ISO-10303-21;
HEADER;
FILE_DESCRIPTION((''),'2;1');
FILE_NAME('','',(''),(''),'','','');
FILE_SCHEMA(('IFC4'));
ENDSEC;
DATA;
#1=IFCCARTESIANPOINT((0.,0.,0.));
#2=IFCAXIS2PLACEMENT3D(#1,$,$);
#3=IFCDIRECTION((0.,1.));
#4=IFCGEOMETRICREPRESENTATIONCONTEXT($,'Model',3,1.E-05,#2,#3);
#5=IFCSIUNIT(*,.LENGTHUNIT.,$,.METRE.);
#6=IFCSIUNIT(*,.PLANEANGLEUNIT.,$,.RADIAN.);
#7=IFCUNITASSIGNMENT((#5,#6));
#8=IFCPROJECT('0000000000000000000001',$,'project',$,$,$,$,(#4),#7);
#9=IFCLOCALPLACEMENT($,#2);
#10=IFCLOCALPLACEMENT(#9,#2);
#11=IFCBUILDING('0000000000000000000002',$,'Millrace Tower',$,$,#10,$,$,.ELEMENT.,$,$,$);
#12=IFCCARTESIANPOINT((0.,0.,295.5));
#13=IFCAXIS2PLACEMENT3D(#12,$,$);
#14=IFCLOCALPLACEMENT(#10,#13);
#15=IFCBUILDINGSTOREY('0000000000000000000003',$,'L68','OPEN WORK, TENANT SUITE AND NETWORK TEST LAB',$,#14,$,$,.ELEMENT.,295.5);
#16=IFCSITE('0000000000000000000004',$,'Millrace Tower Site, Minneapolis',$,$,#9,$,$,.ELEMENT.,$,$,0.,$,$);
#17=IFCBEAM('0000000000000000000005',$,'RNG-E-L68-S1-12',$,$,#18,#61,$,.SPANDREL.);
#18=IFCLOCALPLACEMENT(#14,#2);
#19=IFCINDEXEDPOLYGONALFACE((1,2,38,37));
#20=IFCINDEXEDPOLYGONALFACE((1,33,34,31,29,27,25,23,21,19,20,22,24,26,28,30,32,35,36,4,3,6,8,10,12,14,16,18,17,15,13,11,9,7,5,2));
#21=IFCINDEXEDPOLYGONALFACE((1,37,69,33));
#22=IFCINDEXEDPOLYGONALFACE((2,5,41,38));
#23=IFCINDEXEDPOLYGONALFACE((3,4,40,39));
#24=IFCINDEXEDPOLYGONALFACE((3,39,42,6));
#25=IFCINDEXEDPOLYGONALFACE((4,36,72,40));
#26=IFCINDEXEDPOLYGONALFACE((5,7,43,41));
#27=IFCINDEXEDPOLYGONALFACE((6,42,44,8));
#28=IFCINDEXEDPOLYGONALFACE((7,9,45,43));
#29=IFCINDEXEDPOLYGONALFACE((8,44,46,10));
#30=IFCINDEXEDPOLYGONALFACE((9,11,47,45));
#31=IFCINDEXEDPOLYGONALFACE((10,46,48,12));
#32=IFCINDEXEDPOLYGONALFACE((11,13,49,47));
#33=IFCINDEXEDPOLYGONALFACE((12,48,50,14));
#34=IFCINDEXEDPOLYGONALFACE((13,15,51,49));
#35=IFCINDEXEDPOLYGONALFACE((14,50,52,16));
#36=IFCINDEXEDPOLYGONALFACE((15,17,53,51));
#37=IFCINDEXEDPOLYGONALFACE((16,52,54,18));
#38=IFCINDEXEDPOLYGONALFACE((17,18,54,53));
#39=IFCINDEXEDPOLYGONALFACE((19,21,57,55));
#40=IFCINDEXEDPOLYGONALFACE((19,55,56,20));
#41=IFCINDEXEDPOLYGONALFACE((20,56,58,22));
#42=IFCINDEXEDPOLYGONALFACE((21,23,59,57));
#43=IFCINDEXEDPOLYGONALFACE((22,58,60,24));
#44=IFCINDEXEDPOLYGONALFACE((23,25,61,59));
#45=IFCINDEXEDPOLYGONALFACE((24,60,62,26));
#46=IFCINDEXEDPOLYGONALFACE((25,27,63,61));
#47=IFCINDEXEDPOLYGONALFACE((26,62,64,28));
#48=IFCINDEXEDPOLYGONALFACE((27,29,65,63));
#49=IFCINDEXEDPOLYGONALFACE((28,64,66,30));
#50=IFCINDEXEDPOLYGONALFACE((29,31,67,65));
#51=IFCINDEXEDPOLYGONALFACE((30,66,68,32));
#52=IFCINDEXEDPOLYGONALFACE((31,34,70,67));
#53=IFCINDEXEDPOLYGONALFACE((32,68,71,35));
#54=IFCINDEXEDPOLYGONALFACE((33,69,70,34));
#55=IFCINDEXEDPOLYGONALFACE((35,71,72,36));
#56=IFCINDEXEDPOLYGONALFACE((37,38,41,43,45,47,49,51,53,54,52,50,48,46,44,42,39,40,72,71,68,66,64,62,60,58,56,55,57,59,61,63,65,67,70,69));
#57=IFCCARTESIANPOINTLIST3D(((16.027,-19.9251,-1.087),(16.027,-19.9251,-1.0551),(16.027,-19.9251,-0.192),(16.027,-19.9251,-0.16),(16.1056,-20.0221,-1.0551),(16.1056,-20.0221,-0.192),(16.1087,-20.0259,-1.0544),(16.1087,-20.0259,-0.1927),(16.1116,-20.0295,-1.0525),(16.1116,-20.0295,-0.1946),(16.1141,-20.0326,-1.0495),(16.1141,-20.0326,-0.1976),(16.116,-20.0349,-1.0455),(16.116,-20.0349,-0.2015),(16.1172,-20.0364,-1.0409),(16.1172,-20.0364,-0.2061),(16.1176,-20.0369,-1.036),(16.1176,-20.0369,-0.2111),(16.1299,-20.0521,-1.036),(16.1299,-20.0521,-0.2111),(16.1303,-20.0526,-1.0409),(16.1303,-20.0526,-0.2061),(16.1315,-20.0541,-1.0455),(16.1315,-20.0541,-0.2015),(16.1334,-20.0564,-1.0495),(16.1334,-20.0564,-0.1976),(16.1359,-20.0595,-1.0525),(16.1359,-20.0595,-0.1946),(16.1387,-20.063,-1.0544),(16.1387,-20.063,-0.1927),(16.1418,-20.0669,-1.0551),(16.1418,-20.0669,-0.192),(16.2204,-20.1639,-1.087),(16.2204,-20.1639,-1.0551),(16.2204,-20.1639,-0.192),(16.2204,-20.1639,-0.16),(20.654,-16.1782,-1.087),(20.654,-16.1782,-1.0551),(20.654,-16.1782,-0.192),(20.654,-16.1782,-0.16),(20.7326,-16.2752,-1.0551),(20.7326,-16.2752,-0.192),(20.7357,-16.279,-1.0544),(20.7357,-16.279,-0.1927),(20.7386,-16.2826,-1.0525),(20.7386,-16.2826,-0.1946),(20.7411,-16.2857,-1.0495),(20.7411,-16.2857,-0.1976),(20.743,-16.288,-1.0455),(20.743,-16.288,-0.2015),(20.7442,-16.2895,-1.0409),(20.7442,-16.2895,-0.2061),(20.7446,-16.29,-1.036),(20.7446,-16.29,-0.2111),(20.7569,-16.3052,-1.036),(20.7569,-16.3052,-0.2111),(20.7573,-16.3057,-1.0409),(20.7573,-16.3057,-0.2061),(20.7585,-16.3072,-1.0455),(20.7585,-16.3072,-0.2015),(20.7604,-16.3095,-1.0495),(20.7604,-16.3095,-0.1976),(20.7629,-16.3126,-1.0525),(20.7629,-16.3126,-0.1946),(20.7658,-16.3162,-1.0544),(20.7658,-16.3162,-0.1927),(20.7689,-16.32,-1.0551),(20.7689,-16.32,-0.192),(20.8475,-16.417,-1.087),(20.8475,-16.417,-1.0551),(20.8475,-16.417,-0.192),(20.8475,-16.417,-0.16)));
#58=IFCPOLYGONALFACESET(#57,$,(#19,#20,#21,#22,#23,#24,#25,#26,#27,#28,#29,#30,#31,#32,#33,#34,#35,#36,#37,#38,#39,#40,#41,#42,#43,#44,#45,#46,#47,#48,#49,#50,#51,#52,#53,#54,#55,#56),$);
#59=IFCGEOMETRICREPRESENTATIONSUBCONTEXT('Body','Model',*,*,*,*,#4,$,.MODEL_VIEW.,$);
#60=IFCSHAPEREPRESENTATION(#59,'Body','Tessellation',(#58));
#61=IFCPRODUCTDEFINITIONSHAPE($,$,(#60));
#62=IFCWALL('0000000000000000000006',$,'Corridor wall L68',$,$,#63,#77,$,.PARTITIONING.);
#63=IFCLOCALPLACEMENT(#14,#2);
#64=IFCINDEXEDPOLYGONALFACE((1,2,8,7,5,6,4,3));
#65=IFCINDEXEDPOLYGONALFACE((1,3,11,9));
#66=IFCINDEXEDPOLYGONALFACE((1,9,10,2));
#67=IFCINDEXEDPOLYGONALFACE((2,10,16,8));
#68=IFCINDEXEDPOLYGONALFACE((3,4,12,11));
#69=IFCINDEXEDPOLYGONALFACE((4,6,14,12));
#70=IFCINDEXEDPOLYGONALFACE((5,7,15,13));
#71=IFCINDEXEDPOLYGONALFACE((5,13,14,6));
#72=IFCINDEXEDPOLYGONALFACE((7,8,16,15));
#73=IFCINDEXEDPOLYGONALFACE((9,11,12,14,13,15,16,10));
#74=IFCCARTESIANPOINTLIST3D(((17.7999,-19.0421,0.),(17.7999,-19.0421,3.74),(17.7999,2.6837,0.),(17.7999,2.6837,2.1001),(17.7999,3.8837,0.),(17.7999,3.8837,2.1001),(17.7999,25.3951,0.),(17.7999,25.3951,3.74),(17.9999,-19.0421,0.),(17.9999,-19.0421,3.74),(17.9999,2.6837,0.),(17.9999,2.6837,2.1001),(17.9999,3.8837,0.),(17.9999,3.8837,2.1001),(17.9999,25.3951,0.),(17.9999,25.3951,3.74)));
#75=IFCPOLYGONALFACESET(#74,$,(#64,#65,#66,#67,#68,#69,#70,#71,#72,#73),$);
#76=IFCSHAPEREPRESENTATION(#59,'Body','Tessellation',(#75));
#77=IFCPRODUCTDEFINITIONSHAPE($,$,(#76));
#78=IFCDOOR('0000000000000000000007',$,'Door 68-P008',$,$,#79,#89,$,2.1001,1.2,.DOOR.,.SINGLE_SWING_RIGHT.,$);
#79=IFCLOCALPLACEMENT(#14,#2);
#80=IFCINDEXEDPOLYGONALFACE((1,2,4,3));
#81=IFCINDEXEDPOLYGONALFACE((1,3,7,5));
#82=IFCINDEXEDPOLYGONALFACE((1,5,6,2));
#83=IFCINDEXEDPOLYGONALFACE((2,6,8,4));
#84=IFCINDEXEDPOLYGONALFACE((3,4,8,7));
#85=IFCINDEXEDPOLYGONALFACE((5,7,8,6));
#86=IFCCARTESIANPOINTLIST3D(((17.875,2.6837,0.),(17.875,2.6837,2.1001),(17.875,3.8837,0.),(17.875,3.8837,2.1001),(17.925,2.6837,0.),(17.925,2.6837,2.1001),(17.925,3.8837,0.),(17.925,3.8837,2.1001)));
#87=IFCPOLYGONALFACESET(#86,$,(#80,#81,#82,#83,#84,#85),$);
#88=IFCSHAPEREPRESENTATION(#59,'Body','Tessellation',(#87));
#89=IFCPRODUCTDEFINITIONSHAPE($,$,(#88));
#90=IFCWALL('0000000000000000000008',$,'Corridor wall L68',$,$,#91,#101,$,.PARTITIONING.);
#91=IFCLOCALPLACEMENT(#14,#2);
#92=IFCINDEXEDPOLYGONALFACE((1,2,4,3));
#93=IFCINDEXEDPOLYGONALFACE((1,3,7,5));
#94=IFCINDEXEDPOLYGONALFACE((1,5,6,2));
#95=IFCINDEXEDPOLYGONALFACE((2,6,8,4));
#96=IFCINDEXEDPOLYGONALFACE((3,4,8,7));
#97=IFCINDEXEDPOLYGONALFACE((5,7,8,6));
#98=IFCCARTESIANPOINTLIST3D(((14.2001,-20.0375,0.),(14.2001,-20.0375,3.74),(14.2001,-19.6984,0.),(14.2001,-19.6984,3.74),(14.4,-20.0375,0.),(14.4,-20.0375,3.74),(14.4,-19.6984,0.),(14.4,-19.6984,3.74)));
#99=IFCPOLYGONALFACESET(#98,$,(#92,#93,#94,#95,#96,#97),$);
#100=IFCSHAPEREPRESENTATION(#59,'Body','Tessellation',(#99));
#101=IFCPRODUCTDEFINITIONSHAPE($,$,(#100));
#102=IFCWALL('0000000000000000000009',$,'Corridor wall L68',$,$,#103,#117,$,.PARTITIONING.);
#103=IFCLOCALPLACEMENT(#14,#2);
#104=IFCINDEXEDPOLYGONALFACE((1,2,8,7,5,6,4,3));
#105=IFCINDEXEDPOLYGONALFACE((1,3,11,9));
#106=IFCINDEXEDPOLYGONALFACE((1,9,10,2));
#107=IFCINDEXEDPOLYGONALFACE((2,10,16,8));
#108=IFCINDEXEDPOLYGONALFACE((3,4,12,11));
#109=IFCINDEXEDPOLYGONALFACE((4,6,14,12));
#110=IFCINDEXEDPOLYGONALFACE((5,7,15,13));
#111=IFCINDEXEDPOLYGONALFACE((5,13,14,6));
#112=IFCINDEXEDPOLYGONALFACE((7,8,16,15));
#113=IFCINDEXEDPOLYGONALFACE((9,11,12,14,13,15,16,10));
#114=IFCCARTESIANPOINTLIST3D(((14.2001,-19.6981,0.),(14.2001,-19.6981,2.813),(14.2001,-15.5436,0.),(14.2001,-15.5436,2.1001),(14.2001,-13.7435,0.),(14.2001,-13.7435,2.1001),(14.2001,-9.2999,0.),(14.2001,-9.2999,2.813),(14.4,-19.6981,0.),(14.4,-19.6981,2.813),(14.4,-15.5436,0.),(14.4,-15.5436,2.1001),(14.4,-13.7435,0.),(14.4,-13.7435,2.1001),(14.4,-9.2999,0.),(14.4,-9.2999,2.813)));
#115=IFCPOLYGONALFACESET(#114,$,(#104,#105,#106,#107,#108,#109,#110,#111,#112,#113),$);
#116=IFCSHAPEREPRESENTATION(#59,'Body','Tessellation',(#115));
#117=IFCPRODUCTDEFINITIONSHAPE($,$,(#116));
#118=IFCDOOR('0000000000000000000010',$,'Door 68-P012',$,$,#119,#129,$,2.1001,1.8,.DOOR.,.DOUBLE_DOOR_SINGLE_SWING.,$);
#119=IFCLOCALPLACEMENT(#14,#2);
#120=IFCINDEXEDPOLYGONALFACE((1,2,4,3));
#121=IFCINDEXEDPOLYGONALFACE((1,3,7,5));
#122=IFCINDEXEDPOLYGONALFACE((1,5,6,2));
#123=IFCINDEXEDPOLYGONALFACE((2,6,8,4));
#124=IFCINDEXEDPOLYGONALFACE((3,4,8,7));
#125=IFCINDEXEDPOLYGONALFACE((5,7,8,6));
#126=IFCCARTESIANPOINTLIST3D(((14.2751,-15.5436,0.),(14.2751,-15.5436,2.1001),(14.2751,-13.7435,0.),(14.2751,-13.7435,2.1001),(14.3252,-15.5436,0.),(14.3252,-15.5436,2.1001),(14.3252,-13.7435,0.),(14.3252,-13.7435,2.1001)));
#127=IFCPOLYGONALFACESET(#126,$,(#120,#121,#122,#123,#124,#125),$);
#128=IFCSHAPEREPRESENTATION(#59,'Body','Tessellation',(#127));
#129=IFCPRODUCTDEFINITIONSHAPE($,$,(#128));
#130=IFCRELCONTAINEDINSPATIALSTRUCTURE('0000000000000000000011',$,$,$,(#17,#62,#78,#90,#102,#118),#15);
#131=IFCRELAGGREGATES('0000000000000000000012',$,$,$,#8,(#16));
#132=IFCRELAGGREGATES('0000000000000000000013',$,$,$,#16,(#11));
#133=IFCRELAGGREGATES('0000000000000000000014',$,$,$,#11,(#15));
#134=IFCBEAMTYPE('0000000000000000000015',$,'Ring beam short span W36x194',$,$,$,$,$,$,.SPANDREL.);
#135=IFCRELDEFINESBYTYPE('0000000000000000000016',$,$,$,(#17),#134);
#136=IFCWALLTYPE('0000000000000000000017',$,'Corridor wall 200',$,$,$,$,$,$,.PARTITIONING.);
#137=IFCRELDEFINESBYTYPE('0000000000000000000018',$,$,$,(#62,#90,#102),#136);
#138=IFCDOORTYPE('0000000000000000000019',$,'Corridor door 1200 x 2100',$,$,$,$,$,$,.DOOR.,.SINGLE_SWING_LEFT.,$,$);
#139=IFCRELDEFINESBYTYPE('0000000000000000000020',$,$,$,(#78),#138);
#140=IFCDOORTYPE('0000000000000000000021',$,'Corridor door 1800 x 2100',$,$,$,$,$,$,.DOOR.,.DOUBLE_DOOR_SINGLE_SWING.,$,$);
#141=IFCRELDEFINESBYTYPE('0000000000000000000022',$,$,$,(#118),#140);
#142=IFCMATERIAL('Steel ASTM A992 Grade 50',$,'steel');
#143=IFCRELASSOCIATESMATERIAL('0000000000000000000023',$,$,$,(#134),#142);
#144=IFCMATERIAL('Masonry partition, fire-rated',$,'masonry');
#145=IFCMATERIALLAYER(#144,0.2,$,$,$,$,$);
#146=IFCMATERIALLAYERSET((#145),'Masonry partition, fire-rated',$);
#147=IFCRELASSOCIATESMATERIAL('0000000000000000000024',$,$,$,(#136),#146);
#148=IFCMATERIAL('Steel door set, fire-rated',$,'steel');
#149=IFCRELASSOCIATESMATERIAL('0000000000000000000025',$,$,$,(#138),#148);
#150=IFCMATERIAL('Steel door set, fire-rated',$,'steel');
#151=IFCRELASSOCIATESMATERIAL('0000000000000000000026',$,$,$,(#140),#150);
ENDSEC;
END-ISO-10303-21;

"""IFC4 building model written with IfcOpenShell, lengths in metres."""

from ifc_helpers import new_model, si_unit, direction, frame, frame_2d, origin, origin_2d, place, context, subcontext, project, spatial, rectangle, i_section, extrude, material, layer, layer_set, material_profile, profile_set, type_object, element, fill, save


model = new_model("IFC4")

# Units and contexts
model_context = context("Model", 3, precision=1e-05, world=origin(), true_north=direction((0.0, 1.0)))
body_context = subcontext(model_context, "Body", "Model", "MODEL_VIEW")
ifc_project = project(units=[si_unit("LENGTHUNIT", "METRE"), si_unit("PLANEANGLEUNIT", "RADIAN")], contexts=[model_context])

# Site, building, storey
site_placement = place(None, origin())
site = spatial("IfcSite", under=ifc_project, at=site_placement, Name="Millrace Tower Site, Minneapolis", CompositionType="ELEMENT", RefElevation=0.0)
building_placement = place(site_placement, origin())
building = spatial("IfcBuilding", under=site, at=building_placement, Name="Millrace Tower", CompositionType="ELEMENT")
storey_placement = place(building_placement, frame((0.0, 0.0, 295.5)))
storey = spatial("IfcBuildingStorey", under=building, at=storey_placement, Name="L68", Description="OPEN WORK, TENANT SUITE AND NETWORK TEST LAB", CompositionType="ELEMENT", Elevation=295.5)

# Beam
ifc_material_1 = material(Name="Steel ASTM A992 Grade 50", Category="steel")
ifc_material_profile_1 = material_profile(ifc_material_1, i_section(OverallWidth=0.3074, OverallDepth=0.927, WebThickness=0.0195, FlangeThickness=0.032, FilletRadius=0.019, at=origin_2d()))
ifc_profile_set_1 = profile_set([ifc_material_profile_1], Name="Steel ASTM A992 Grade 50")
beam_type_1 = type_object("IfcBeamType", Name="Ring beam short span W36x194", PredefinedType="SPANDREL", material=ifc_profile_set_1)
beam_1_placement = place(storey_placement, frame((20.7507, -16.2976, -0.6235), z_axis=(-0.777147, -0.62932, 0.0), x_axis=(0.62932, -0.777147, 0.0)))
element("IfcBeam", 1, at=beam_1_placement, inside=storey, type_object=beam_type_1, Name="RNG-E-L68-S1-12", PredefinedType="SPANDREL", context=body_context, shape_type="SweptSolid", body=[
    extrude(i_section(OverallWidth=0.3074, OverallDepth=0.927, WebThickness=0.0195, FlangeThickness=0.032, FilletRadius=0.019, at=origin_2d()), origin(), (0.0, 0.0, 1.0), 5.9539),
])

# Wall, opening, door
ifc_material_2 = material(Name="Masonry partition, fire-rated", Category="masonry")
ifc_layer_1 = layer(ifc_material_2, 0.2)
ifc_layer_set_1 = layer_set([ifc_layer_1], Name="Masonry partition, fire-rated")
wall_type = type_object("IfcWallType", Name="Corridor wall 200", PredefinedType="PARTITIONING", material=ifc_layer_set_1)
wall_1_placement = place(storey_placement, frame((17.8999, -19.0422, 0.0), z_axis=(0.0, 0.0, 1.0), x_axis=(0.0, 1.0, 0.0)))
wall_1 = element("IfcWall", 2, at=wall_1_placement, inside=storey, type_object=wall_type, Name="Corridor wall L68", PredefinedType="PARTITIONING", context=body_context, shape_type="SweptSolid", body=[
    extrude(rectangle(XDim=44.4373, YDim=0.2, at=frame_2d((22.2188, 0.0))), origin(), (0.0, 0.0, 1.0), 3.74),
])
opening_1_placement = place(wall_1_placement, frame((21.7258, 0.0, 0.0)))
opening_1 = element("IfcOpeningElement", 3, at=opening_1_placement, cuts=wall_1, PredefinedType="OPENING", context=body_context, shape_type="SweptSolid", body=[
    extrude(rectangle(XDim=1.2, YDim=2.1001, at=frame_2d((0.6001, 1.05))), frame((0.0, 0.1099, 0.0), z_axis=(0.0, -1.0, 0.0), x_axis=(1.0, 0.0, 0.0)), (0.0, 0.0, 1.0), 0.22),
])
ifc_material_3 = material(Name="Steel door set, fire-rated", Category="steel")
door_type_1 = type_object("IfcDoorType", Name="Corridor door 1200 x 2100", OperationType="SINGLE_SWING_LEFT", PredefinedType="DOOR", material=ifc_material_3)
door_1_placement = place(opening_1_placement, origin())
door_1 = element("IfcDoor", 4, at=door_1_placement, inside=storey, type_object=door_type_1, Name="Door 68-P008", OperationType="SINGLE_SWING_RIGHT", OverallHeight=2.1001, OverallWidth=1.2, PredefinedType="DOOR", context=body_context, shape_type="SweptSolid", body=[
    extrude(rectangle(XDim=1.2, YDim=2.1001, at=frame_2d((0.6001, 1.05))), frame((0.0, 0.0249, 0.0), z_axis=(0.0, -1.0, 0.0), x_axis=(1.0, 0.0, 0.0)), (0.0, 0.0, 1.0), 0.05),
])
fill(opening_1, door_1)

# Wall
wall_2_placement = place(storey_placement, frame((14.3, -20.0374, 0.0), z_axis=(0.0, 0.0, 1.0), x_axis=(0.0, 1.0, 0.0)))
element("IfcWall", 5, at=wall_2_placement, inside=storey, type_object=wall_type, Name="Corridor wall L68", PredefinedType="PARTITIONING", context=body_context, shape_type="SweptSolid", body=[
    extrude(rectangle(XDim=0.3391, YDim=0.2, at=frame_2d((0.1694, 0.0))), origin(), (0.0, 0.0, 1.0), 3.74),
])

# Wall, opening, door
wall_3_placement = place(storey_placement, frame((14.3, -19.6982, 0.0), z_axis=(0.0, 0.0, 1.0), x_axis=(0.0, 1.0, 0.0)))
wall_3 = element("IfcWall", 6, at=wall_3_placement, inside=storey, type_object=wall_type, Name="Corridor wall L68", PredefinedType="PARTITIONING", context=body_context, shape_type="SweptSolid", body=[
    extrude(rectangle(XDim=10.3982, YDim=0.2, at=frame_2d((5.1992, 0.0))), origin(), (0.0, 0.0, 1.0), 2.813),
])
opening_2_placement = place(wall_3_placement, frame((4.1548, 0.0, 0.0)))
opening_2 = element("IfcOpeningElement", 7, at=opening_2_placement, cuts=wall_3, PredefinedType="OPENING", context=body_context, shape_type="SweptSolid", body=[
    extrude(rectangle(XDim=1.8, YDim=2.1001, at=frame_2d((0.8999, 1.05))), frame((0.0, 0.1099, 0.0), z_axis=(0.0, -1.0, 0.0), x_axis=(1.0, 0.0, 0.0)), (0.0, 0.0, 1.0), 0.22),
])
ifc_material_4 = material(Name="Steel door set, fire-rated", Category="steel")
door_type_2 = type_object("IfcDoorType", Name="Corridor door 1800 x 2100", OperationType="DOUBLE_DOOR_SINGLE_SWING", PredefinedType="DOOR", material=ifc_material_4)
door_2_placement = place(opening_2_placement, origin())
door_2 = element("IfcDoor", 8, at=door_2_placement, inside=storey, type_object=door_type_2, Name="Door 68-P012", OperationType="DOUBLE_DOOR_SINGLE_SWING", OverallHeight=2.1001, OverallWidth=1.8, PredefinedType="DOOR", context=body_context, shape_type="SweptSolid", body=[
    extrude(rectangle(XDim=1.8, YDim=2.1001, at=frame_2d((0.8999, 1.05))), frame((0.0, 0.0249, 0.0), z_axis=(0.0, -1.0, 0.0), x_axis=(1.0, 0.0, 0.0)), (0.0, 0.0, 1.0), 0.05),
])
fill(opening_2, door_2)

save(model, "model.ifc")
